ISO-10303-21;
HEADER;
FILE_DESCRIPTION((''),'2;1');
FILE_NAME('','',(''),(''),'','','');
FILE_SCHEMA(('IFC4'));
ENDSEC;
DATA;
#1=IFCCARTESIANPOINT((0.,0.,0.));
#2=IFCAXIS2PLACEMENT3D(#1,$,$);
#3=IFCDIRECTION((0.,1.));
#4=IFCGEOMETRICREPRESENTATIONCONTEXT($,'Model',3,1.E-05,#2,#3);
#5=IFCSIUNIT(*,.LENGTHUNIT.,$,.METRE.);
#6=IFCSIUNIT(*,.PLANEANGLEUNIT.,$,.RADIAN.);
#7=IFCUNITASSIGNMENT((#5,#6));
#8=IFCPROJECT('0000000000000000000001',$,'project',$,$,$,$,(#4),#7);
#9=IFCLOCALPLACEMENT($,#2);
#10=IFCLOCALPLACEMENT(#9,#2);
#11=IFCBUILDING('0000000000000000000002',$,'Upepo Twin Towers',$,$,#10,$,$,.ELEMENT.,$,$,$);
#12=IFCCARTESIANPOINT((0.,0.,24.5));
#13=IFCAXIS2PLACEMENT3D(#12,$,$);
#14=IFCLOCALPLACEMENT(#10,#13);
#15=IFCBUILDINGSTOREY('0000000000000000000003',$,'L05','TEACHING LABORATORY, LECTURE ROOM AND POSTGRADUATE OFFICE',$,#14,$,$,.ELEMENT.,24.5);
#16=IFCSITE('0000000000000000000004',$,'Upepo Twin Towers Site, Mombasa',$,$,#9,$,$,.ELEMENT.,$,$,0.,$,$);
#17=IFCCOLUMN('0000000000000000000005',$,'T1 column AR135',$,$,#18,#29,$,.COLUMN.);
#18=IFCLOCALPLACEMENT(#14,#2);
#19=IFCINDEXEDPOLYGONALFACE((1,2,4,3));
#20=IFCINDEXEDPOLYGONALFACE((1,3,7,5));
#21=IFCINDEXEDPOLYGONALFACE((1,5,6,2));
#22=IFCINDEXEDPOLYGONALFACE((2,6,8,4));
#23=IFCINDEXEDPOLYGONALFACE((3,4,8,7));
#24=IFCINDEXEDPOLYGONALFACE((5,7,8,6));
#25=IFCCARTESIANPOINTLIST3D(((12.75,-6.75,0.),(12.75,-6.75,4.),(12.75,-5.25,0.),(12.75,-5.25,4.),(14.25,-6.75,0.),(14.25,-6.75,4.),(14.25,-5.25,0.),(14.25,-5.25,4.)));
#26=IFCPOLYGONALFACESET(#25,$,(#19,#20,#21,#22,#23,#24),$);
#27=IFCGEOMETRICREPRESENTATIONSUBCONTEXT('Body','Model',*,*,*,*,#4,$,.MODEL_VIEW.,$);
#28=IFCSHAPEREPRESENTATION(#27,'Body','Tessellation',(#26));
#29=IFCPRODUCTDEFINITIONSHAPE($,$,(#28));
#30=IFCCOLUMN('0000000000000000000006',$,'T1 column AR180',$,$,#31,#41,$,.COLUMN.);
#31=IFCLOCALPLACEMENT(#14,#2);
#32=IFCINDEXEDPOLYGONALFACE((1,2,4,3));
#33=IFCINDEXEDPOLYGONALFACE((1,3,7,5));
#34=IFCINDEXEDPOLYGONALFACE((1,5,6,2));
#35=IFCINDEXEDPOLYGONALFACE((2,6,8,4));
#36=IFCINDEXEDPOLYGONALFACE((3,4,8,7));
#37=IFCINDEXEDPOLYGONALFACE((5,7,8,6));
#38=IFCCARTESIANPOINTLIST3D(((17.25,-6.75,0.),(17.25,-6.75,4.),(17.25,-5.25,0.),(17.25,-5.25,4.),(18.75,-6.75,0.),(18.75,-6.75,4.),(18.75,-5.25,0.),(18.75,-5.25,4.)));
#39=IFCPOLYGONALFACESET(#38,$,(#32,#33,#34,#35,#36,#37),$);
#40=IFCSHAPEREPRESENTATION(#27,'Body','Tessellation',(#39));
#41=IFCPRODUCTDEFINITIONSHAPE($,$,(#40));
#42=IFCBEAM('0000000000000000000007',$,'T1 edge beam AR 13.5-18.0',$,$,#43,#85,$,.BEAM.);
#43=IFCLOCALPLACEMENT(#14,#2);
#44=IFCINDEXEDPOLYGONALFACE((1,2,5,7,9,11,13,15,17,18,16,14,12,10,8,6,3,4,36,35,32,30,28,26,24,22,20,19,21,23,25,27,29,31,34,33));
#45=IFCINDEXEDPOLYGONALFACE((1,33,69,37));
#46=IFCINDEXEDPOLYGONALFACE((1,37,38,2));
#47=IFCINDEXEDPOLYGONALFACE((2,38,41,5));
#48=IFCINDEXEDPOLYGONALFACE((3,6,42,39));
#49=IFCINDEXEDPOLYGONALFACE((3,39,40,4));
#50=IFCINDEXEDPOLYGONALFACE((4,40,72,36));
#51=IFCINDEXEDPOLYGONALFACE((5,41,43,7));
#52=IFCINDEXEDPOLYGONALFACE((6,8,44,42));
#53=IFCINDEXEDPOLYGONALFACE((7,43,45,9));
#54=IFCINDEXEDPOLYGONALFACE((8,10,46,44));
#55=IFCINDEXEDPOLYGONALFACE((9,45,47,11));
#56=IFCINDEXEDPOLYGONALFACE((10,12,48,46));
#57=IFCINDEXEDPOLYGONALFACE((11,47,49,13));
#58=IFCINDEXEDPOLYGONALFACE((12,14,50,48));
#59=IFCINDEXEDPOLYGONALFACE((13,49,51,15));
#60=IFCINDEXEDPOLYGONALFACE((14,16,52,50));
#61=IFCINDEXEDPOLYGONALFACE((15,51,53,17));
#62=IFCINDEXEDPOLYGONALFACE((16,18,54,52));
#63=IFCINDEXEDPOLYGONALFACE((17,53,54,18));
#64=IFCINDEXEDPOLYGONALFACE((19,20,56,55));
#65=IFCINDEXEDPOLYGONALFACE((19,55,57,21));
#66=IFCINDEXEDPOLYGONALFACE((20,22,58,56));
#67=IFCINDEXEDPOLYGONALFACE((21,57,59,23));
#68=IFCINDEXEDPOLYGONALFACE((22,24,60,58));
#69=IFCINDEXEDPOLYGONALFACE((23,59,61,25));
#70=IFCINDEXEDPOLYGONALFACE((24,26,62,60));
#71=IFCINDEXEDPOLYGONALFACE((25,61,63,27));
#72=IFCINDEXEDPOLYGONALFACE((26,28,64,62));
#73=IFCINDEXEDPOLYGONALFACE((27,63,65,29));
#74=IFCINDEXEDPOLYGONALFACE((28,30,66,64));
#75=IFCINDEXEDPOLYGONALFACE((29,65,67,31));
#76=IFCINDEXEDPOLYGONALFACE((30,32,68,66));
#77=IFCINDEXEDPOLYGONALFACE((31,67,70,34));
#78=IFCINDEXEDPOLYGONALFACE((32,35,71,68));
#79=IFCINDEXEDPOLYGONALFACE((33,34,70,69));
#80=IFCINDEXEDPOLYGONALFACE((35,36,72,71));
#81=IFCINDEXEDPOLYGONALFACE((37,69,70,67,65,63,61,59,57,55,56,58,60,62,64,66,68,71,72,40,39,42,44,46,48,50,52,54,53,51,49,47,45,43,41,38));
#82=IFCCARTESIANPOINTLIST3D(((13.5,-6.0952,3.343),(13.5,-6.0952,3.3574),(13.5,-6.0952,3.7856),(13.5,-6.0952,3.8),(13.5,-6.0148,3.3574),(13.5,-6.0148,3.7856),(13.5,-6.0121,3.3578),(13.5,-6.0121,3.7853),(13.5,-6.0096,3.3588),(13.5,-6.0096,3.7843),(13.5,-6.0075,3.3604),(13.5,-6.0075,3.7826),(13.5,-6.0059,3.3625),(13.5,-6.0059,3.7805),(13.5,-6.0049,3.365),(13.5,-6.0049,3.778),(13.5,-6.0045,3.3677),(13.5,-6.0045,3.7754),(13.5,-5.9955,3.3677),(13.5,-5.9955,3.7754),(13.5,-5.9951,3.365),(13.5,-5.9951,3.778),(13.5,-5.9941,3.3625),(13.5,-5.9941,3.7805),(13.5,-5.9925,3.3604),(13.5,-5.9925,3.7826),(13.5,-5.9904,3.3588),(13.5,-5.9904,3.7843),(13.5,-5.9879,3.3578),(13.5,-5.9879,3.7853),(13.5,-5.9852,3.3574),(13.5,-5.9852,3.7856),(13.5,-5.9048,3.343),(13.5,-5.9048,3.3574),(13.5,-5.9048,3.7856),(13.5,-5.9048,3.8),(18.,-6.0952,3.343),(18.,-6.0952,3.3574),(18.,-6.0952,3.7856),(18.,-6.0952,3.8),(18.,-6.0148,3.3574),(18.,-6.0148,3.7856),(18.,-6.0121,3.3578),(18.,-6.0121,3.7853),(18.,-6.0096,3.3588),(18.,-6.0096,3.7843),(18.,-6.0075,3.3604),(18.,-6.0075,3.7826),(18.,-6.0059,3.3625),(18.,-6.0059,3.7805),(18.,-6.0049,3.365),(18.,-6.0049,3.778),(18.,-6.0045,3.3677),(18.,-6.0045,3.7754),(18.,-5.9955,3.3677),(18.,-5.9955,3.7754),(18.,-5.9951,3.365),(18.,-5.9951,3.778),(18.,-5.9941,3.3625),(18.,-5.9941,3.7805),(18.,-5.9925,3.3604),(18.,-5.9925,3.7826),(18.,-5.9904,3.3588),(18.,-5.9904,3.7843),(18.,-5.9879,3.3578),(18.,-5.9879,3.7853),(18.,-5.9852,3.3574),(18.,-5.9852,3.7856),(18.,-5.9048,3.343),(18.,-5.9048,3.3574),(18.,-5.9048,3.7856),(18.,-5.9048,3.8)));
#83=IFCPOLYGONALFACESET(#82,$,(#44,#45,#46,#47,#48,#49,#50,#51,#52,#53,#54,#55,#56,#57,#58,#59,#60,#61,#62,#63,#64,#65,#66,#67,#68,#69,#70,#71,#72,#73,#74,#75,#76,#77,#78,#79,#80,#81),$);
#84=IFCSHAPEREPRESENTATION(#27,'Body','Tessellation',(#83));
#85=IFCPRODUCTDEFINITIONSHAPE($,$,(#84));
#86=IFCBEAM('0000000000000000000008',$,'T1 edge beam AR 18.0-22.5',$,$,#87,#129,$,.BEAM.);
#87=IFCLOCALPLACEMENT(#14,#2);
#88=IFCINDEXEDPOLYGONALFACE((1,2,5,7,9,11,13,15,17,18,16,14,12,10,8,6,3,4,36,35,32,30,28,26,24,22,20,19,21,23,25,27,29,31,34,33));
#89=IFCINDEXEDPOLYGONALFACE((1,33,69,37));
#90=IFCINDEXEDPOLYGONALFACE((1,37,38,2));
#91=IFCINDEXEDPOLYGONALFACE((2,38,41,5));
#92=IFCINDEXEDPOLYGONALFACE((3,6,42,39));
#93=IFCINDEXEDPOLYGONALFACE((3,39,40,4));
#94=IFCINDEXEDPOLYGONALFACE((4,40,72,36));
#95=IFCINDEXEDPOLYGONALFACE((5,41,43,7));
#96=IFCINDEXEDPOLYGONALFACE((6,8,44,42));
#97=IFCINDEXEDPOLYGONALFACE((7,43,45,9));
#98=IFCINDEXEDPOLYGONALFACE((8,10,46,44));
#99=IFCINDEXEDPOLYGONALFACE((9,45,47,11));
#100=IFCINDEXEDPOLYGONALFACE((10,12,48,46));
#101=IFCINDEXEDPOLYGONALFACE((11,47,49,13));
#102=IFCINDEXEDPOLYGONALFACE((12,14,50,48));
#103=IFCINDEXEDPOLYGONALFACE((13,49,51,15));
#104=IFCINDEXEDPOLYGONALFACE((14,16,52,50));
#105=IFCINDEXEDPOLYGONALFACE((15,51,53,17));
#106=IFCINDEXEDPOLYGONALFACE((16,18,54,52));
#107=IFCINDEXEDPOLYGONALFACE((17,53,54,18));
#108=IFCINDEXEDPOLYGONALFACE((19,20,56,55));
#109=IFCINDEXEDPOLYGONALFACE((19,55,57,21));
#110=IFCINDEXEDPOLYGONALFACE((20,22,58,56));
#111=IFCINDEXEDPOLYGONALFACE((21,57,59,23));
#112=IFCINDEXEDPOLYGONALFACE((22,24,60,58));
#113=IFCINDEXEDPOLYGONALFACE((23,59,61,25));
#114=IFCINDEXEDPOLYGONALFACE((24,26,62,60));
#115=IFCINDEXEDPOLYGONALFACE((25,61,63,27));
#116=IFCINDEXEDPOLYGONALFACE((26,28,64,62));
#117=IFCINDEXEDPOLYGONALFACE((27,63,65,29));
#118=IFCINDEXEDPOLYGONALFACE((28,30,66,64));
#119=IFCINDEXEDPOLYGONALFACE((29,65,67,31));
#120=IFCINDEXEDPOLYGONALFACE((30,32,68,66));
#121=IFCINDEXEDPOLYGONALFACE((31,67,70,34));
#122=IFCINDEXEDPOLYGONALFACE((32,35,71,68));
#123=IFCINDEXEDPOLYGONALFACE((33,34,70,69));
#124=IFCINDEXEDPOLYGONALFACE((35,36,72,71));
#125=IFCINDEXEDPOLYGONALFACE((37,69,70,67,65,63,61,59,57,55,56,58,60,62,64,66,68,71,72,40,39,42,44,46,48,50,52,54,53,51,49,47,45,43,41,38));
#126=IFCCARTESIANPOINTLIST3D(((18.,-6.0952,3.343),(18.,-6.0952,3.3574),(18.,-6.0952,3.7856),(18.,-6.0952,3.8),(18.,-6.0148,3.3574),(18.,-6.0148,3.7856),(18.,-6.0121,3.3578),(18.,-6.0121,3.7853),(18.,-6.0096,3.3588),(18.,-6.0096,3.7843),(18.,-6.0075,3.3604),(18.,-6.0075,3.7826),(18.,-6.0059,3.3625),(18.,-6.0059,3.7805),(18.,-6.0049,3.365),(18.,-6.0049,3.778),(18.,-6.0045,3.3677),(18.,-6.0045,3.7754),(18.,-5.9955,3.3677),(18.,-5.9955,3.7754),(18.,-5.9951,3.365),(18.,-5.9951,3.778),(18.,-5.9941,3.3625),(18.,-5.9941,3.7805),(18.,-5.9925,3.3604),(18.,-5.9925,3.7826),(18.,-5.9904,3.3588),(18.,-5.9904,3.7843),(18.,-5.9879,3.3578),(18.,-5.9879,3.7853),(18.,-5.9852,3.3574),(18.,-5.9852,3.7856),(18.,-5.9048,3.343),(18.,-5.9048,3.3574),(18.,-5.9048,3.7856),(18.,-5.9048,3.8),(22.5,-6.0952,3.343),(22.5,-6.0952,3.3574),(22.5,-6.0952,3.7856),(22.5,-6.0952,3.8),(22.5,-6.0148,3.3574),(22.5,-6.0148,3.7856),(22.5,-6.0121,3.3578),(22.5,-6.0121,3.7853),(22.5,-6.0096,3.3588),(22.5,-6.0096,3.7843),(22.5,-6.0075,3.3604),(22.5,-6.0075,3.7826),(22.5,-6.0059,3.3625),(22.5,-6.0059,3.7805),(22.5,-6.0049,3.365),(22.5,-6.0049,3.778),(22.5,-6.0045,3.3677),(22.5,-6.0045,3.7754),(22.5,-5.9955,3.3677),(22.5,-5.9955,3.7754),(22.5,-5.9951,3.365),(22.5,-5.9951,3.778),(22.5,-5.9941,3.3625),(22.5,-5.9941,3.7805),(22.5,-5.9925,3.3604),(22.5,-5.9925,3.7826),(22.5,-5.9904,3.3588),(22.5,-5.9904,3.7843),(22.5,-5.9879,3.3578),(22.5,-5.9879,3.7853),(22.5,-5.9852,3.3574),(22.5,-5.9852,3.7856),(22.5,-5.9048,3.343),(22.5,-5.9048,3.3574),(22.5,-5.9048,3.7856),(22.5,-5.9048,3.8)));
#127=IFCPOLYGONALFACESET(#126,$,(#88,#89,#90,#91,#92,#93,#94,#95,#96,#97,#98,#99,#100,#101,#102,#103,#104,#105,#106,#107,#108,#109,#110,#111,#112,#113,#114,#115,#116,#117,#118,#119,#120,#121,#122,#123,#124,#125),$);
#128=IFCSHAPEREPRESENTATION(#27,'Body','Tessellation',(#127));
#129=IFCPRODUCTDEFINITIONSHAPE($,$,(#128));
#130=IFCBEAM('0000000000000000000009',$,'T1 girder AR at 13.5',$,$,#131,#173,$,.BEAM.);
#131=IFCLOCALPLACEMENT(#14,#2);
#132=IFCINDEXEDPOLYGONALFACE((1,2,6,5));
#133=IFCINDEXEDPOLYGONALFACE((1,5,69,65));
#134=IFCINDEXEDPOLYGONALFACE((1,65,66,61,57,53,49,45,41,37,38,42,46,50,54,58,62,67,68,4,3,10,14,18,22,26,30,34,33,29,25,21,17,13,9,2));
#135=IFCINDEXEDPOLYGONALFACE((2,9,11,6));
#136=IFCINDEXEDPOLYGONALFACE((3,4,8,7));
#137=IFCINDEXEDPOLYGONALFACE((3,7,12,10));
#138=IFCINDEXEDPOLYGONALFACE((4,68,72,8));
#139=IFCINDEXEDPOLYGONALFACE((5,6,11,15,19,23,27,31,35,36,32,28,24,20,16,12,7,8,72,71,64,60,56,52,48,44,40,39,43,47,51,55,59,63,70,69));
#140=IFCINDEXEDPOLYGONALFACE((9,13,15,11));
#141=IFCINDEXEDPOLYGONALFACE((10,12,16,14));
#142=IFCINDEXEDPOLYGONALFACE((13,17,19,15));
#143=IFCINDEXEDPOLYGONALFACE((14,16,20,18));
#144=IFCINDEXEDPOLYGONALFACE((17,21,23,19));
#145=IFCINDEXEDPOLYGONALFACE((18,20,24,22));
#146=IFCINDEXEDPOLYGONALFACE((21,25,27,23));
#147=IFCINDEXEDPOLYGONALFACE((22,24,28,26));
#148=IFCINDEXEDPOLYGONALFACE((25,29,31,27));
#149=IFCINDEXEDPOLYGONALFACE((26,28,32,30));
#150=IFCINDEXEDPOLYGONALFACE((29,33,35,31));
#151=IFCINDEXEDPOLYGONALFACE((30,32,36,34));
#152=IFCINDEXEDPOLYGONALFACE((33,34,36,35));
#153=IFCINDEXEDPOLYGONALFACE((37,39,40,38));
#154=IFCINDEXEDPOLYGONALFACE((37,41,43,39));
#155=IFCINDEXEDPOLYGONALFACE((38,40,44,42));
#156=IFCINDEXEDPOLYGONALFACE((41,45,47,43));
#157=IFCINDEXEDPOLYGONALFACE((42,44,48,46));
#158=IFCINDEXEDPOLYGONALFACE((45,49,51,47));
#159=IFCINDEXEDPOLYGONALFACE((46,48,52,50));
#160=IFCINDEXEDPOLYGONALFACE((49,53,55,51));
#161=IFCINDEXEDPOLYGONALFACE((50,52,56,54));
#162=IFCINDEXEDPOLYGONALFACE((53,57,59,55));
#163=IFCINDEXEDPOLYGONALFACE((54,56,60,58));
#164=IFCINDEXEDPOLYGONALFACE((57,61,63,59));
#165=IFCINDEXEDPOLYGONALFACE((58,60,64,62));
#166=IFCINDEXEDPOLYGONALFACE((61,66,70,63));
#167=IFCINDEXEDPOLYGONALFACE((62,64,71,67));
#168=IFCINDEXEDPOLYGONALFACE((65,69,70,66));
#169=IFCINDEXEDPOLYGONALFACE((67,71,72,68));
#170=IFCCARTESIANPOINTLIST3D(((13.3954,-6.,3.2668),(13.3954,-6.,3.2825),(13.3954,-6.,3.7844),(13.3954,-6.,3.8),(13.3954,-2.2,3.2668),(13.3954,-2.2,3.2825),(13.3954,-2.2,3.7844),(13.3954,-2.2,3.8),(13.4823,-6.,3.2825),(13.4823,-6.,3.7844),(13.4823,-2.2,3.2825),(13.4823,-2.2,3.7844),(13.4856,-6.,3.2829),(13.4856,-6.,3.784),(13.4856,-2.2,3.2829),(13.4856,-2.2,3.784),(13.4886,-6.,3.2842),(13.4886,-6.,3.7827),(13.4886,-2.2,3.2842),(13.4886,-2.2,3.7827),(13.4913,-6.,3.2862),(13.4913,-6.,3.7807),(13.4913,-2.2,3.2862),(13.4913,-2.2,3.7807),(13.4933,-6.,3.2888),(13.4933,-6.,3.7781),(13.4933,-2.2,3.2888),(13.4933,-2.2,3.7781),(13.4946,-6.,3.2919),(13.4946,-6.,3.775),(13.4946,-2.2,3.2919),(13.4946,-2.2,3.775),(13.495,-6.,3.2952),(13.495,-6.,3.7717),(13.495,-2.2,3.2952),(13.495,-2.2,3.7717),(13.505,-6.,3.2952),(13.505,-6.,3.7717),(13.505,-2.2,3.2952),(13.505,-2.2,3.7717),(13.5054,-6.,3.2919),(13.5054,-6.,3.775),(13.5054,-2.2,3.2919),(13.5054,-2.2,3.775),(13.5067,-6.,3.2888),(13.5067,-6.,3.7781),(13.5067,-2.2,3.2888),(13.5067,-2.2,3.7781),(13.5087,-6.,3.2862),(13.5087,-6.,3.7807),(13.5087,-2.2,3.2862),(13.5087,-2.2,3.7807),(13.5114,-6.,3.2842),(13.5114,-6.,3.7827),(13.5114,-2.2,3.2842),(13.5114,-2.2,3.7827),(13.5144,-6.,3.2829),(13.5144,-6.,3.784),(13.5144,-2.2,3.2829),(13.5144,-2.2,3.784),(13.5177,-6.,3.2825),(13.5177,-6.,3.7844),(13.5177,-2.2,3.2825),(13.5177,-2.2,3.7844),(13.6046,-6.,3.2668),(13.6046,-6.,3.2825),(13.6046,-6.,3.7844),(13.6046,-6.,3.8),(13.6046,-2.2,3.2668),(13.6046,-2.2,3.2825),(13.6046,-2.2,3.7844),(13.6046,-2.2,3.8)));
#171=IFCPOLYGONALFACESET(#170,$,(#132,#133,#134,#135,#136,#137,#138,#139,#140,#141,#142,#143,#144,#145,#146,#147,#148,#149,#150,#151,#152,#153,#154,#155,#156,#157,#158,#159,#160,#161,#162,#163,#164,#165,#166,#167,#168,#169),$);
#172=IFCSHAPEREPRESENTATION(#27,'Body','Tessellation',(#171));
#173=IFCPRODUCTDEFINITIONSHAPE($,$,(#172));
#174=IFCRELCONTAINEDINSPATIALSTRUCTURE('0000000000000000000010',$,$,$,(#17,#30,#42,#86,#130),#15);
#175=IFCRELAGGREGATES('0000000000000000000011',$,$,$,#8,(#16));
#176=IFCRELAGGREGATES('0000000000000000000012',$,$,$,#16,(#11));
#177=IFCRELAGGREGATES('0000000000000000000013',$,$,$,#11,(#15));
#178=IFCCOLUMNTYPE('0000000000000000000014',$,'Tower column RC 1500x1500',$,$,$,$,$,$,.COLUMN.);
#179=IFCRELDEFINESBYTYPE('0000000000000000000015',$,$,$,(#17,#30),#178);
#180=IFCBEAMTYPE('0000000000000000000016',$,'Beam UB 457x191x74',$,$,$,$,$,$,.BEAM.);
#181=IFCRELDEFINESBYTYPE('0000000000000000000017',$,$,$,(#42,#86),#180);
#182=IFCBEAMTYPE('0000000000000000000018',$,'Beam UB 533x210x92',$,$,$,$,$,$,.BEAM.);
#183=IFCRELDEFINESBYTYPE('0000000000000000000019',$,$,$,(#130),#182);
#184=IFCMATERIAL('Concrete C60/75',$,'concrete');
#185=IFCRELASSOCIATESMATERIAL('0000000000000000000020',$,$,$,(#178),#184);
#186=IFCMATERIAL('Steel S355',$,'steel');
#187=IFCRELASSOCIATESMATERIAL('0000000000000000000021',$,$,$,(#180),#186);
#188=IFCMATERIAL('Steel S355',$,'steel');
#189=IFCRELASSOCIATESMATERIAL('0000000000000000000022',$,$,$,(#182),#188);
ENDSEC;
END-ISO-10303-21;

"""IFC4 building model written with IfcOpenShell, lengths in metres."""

from ifc_helpers import new_model, si_unit, direction, frame, origin, origin_2d, place, context, subcontext, project, spatial, rectangle, i_section, extrude, material, material_profile, profile_set, type_object, element, save


model = new_model("IFC4")

# Units and contexts
model_context = context("Model", 3, precision=1e-05, world=origin(), true_north=direction((0.0, 1.0)))
body_context = subcontext(model_context, "Body", "Model", "MODEL_VIEW")
ifc_project = project(units=[si_unit("LENGTHUNIT", "METRE"), si_unit("PLANEANGLEUNIT", "RADIAN")], contexts=[model_context])

# Site, building, storey
site_placement = place(None, origin())
site = spatial("IfcSite", under=ifc_project, at=site_placement, Name="Upepo Twin Towers Site, Mombasa", CompositionType="ELEMENT", RefElevation=0.0)
building_placement = place(site_placement, origin())
building = spatial("IfcBuilding", under=site, at=building_placement, Name="Upepo Twin Towers", CompositionType="ELEMENT")
storey_placement = place(building_placement, frame((0.0, 0.0, 24.5)))
storey = spatial("IfcBuildingStorey", under=building, at=storey_placement, Name="L05", Description="TEACHING LABORATORY, LECTURE ROOM AND POSTGRADUATE OFFICE", CompositionType="ELEMENT", Elevation=24.5)

# Columns
ifc_material_1 = material(Name="Concrete C60/75", Category="concrete")
ifc_material_profile_1 = material_profile(ifc_material_1, rectangle(XDim=1.5, YDim=1.5, at=origin_2d()), Name="RC 1500x1500")
ifc_profile_set_1 = profile_set([ifc_material_profile_1], Name="Concrete C60/75")
column_type = type_object("IfcColumnType", Name="Tower column RC 1500x1500", PredefinedType="COLUMN", material=ifc_profile_set_1)
for number, where, z_axis, x_axis, name in (
    (1, (13.5, -6.0, 0.0), (0.0, 0.0, 1.0), (1.0, 0.0, 0.0), "T1 column AR135"),
    (2, (18.0, -6.0, 0.0), (0.0, 0.0, 1.0), (1.0, 0.0, 0.0), "T1 column AR180"),
):
    element("IfcColumn", number, at=place(storey_placement, frame(where, z_axis=z_axis, x_axis=x_axis)), inside=storey, type_object=column_type, Name=name, PredefinedType="COLUMN", context=body_context, shape_type="SweptSolid", body=[
        extrude(rectangle(XDim=1.5, YDim=1.5, at=origin_2d()), origin(), (0.0, 0.0, 1.0), 4.0),
    ])

# Beams
ifc_material_2 = material(Name="Steel S355", Category="steel")
ifc_material_profile_2 = material_profile(ifc_material_2, i_section(OverallWidth=0.1904, OverallDepth=0.457, WebThickness=0.009, FlangeThickness=0.0144, FilletRadius=0.0103, at=origin_2d()), Name="UB 457x191x74")
ifc_profile_set_2 = profile_set([ifc_material_profile_2], Name="Steel S355")
beam_type_1 = type_object("IfcBeamType", Name="Beam UB 457x191x74", PredefinedType="BEAM", material=ifc_profile_set_2)
for number, where, z_axis, x_axis, name in (
    (3, (13.5, -6.0, 3.5715), (1.0, 0.0, 0.0), (0.0, 1.0, 0.0), "T1 edge beam AR 13.5-18.0"),
    (4, (18.0, -6.0, 3.5715), (1.0, 0.0, 0.0), (0.0, 1.0, 0.0), "T1 edge beam AR 18.0-22.5"),
):
    element("IfcBeam", number, at=place(storey_placement, frame(where, z_axis=z_axis, x_axis=x_axis)), inside=storey, type_object=beam_type_1, Name=name, PredefinedType="BEAM", context=body_context, shape_type="SweptSolid", body=[
        extrude(i_section(OverallWidth=0.1904, OverallDepth=0.457, WebThickness=0.009, FlangeThickness=0.0144, FilletRadius=0.0103, at=origin_2d()), origin(), (0.0, 0.0, 1.0), 4.5),
    ])
ifc_material_3 = material(Name="Steel S355", Category="steel")
ifc_material_profile_3 = material_profile(ifc_material_3, i_section(OverallWidth=0.2092, OverallDepth=0.5332, WebThickness=0.01, FlangeThickness=0.0156, FilletRadius=0.0127, at=origin_2d()), Name="UB 533x210x92")
ifc_profile_set_3 = profile_set([ifc_material_profile_3], Name="Steel S355")
beam_type_2 = type_object("IfcBeamType", Name="Beam UB 533x210x92", PredefinedType="BEAM", material=ifc_profile_set_3)
for number, where, z_axis, x_axis, name in (
    (5, (13.5, -6.0, 3.5334), (0.0, 1.0, 0.0), (-1.0, 0.0, 0.0), "T1 girder AR at 13.5"),
):
    element("IfcBeam", number, at=place(storey_placement, frame(where, z_axis=z_axis, x_axis=x_axis)), inside=storey, type_object=beam_type_2, Name=name, PredefinedType="BEAM", context=body_context, shape_type="SweptSolid", body=[
        extrude(i_section(OverallWidth=0.2092, OverallDepth=0.5332, WebThickness=0.01, FlangeThickness=0.0156, FilletRadius=0.0127, at=origin_2d()), origin(), (0.0, 0.0, 1.0), 3.8),
    ])

save(model, "model.ifc")
